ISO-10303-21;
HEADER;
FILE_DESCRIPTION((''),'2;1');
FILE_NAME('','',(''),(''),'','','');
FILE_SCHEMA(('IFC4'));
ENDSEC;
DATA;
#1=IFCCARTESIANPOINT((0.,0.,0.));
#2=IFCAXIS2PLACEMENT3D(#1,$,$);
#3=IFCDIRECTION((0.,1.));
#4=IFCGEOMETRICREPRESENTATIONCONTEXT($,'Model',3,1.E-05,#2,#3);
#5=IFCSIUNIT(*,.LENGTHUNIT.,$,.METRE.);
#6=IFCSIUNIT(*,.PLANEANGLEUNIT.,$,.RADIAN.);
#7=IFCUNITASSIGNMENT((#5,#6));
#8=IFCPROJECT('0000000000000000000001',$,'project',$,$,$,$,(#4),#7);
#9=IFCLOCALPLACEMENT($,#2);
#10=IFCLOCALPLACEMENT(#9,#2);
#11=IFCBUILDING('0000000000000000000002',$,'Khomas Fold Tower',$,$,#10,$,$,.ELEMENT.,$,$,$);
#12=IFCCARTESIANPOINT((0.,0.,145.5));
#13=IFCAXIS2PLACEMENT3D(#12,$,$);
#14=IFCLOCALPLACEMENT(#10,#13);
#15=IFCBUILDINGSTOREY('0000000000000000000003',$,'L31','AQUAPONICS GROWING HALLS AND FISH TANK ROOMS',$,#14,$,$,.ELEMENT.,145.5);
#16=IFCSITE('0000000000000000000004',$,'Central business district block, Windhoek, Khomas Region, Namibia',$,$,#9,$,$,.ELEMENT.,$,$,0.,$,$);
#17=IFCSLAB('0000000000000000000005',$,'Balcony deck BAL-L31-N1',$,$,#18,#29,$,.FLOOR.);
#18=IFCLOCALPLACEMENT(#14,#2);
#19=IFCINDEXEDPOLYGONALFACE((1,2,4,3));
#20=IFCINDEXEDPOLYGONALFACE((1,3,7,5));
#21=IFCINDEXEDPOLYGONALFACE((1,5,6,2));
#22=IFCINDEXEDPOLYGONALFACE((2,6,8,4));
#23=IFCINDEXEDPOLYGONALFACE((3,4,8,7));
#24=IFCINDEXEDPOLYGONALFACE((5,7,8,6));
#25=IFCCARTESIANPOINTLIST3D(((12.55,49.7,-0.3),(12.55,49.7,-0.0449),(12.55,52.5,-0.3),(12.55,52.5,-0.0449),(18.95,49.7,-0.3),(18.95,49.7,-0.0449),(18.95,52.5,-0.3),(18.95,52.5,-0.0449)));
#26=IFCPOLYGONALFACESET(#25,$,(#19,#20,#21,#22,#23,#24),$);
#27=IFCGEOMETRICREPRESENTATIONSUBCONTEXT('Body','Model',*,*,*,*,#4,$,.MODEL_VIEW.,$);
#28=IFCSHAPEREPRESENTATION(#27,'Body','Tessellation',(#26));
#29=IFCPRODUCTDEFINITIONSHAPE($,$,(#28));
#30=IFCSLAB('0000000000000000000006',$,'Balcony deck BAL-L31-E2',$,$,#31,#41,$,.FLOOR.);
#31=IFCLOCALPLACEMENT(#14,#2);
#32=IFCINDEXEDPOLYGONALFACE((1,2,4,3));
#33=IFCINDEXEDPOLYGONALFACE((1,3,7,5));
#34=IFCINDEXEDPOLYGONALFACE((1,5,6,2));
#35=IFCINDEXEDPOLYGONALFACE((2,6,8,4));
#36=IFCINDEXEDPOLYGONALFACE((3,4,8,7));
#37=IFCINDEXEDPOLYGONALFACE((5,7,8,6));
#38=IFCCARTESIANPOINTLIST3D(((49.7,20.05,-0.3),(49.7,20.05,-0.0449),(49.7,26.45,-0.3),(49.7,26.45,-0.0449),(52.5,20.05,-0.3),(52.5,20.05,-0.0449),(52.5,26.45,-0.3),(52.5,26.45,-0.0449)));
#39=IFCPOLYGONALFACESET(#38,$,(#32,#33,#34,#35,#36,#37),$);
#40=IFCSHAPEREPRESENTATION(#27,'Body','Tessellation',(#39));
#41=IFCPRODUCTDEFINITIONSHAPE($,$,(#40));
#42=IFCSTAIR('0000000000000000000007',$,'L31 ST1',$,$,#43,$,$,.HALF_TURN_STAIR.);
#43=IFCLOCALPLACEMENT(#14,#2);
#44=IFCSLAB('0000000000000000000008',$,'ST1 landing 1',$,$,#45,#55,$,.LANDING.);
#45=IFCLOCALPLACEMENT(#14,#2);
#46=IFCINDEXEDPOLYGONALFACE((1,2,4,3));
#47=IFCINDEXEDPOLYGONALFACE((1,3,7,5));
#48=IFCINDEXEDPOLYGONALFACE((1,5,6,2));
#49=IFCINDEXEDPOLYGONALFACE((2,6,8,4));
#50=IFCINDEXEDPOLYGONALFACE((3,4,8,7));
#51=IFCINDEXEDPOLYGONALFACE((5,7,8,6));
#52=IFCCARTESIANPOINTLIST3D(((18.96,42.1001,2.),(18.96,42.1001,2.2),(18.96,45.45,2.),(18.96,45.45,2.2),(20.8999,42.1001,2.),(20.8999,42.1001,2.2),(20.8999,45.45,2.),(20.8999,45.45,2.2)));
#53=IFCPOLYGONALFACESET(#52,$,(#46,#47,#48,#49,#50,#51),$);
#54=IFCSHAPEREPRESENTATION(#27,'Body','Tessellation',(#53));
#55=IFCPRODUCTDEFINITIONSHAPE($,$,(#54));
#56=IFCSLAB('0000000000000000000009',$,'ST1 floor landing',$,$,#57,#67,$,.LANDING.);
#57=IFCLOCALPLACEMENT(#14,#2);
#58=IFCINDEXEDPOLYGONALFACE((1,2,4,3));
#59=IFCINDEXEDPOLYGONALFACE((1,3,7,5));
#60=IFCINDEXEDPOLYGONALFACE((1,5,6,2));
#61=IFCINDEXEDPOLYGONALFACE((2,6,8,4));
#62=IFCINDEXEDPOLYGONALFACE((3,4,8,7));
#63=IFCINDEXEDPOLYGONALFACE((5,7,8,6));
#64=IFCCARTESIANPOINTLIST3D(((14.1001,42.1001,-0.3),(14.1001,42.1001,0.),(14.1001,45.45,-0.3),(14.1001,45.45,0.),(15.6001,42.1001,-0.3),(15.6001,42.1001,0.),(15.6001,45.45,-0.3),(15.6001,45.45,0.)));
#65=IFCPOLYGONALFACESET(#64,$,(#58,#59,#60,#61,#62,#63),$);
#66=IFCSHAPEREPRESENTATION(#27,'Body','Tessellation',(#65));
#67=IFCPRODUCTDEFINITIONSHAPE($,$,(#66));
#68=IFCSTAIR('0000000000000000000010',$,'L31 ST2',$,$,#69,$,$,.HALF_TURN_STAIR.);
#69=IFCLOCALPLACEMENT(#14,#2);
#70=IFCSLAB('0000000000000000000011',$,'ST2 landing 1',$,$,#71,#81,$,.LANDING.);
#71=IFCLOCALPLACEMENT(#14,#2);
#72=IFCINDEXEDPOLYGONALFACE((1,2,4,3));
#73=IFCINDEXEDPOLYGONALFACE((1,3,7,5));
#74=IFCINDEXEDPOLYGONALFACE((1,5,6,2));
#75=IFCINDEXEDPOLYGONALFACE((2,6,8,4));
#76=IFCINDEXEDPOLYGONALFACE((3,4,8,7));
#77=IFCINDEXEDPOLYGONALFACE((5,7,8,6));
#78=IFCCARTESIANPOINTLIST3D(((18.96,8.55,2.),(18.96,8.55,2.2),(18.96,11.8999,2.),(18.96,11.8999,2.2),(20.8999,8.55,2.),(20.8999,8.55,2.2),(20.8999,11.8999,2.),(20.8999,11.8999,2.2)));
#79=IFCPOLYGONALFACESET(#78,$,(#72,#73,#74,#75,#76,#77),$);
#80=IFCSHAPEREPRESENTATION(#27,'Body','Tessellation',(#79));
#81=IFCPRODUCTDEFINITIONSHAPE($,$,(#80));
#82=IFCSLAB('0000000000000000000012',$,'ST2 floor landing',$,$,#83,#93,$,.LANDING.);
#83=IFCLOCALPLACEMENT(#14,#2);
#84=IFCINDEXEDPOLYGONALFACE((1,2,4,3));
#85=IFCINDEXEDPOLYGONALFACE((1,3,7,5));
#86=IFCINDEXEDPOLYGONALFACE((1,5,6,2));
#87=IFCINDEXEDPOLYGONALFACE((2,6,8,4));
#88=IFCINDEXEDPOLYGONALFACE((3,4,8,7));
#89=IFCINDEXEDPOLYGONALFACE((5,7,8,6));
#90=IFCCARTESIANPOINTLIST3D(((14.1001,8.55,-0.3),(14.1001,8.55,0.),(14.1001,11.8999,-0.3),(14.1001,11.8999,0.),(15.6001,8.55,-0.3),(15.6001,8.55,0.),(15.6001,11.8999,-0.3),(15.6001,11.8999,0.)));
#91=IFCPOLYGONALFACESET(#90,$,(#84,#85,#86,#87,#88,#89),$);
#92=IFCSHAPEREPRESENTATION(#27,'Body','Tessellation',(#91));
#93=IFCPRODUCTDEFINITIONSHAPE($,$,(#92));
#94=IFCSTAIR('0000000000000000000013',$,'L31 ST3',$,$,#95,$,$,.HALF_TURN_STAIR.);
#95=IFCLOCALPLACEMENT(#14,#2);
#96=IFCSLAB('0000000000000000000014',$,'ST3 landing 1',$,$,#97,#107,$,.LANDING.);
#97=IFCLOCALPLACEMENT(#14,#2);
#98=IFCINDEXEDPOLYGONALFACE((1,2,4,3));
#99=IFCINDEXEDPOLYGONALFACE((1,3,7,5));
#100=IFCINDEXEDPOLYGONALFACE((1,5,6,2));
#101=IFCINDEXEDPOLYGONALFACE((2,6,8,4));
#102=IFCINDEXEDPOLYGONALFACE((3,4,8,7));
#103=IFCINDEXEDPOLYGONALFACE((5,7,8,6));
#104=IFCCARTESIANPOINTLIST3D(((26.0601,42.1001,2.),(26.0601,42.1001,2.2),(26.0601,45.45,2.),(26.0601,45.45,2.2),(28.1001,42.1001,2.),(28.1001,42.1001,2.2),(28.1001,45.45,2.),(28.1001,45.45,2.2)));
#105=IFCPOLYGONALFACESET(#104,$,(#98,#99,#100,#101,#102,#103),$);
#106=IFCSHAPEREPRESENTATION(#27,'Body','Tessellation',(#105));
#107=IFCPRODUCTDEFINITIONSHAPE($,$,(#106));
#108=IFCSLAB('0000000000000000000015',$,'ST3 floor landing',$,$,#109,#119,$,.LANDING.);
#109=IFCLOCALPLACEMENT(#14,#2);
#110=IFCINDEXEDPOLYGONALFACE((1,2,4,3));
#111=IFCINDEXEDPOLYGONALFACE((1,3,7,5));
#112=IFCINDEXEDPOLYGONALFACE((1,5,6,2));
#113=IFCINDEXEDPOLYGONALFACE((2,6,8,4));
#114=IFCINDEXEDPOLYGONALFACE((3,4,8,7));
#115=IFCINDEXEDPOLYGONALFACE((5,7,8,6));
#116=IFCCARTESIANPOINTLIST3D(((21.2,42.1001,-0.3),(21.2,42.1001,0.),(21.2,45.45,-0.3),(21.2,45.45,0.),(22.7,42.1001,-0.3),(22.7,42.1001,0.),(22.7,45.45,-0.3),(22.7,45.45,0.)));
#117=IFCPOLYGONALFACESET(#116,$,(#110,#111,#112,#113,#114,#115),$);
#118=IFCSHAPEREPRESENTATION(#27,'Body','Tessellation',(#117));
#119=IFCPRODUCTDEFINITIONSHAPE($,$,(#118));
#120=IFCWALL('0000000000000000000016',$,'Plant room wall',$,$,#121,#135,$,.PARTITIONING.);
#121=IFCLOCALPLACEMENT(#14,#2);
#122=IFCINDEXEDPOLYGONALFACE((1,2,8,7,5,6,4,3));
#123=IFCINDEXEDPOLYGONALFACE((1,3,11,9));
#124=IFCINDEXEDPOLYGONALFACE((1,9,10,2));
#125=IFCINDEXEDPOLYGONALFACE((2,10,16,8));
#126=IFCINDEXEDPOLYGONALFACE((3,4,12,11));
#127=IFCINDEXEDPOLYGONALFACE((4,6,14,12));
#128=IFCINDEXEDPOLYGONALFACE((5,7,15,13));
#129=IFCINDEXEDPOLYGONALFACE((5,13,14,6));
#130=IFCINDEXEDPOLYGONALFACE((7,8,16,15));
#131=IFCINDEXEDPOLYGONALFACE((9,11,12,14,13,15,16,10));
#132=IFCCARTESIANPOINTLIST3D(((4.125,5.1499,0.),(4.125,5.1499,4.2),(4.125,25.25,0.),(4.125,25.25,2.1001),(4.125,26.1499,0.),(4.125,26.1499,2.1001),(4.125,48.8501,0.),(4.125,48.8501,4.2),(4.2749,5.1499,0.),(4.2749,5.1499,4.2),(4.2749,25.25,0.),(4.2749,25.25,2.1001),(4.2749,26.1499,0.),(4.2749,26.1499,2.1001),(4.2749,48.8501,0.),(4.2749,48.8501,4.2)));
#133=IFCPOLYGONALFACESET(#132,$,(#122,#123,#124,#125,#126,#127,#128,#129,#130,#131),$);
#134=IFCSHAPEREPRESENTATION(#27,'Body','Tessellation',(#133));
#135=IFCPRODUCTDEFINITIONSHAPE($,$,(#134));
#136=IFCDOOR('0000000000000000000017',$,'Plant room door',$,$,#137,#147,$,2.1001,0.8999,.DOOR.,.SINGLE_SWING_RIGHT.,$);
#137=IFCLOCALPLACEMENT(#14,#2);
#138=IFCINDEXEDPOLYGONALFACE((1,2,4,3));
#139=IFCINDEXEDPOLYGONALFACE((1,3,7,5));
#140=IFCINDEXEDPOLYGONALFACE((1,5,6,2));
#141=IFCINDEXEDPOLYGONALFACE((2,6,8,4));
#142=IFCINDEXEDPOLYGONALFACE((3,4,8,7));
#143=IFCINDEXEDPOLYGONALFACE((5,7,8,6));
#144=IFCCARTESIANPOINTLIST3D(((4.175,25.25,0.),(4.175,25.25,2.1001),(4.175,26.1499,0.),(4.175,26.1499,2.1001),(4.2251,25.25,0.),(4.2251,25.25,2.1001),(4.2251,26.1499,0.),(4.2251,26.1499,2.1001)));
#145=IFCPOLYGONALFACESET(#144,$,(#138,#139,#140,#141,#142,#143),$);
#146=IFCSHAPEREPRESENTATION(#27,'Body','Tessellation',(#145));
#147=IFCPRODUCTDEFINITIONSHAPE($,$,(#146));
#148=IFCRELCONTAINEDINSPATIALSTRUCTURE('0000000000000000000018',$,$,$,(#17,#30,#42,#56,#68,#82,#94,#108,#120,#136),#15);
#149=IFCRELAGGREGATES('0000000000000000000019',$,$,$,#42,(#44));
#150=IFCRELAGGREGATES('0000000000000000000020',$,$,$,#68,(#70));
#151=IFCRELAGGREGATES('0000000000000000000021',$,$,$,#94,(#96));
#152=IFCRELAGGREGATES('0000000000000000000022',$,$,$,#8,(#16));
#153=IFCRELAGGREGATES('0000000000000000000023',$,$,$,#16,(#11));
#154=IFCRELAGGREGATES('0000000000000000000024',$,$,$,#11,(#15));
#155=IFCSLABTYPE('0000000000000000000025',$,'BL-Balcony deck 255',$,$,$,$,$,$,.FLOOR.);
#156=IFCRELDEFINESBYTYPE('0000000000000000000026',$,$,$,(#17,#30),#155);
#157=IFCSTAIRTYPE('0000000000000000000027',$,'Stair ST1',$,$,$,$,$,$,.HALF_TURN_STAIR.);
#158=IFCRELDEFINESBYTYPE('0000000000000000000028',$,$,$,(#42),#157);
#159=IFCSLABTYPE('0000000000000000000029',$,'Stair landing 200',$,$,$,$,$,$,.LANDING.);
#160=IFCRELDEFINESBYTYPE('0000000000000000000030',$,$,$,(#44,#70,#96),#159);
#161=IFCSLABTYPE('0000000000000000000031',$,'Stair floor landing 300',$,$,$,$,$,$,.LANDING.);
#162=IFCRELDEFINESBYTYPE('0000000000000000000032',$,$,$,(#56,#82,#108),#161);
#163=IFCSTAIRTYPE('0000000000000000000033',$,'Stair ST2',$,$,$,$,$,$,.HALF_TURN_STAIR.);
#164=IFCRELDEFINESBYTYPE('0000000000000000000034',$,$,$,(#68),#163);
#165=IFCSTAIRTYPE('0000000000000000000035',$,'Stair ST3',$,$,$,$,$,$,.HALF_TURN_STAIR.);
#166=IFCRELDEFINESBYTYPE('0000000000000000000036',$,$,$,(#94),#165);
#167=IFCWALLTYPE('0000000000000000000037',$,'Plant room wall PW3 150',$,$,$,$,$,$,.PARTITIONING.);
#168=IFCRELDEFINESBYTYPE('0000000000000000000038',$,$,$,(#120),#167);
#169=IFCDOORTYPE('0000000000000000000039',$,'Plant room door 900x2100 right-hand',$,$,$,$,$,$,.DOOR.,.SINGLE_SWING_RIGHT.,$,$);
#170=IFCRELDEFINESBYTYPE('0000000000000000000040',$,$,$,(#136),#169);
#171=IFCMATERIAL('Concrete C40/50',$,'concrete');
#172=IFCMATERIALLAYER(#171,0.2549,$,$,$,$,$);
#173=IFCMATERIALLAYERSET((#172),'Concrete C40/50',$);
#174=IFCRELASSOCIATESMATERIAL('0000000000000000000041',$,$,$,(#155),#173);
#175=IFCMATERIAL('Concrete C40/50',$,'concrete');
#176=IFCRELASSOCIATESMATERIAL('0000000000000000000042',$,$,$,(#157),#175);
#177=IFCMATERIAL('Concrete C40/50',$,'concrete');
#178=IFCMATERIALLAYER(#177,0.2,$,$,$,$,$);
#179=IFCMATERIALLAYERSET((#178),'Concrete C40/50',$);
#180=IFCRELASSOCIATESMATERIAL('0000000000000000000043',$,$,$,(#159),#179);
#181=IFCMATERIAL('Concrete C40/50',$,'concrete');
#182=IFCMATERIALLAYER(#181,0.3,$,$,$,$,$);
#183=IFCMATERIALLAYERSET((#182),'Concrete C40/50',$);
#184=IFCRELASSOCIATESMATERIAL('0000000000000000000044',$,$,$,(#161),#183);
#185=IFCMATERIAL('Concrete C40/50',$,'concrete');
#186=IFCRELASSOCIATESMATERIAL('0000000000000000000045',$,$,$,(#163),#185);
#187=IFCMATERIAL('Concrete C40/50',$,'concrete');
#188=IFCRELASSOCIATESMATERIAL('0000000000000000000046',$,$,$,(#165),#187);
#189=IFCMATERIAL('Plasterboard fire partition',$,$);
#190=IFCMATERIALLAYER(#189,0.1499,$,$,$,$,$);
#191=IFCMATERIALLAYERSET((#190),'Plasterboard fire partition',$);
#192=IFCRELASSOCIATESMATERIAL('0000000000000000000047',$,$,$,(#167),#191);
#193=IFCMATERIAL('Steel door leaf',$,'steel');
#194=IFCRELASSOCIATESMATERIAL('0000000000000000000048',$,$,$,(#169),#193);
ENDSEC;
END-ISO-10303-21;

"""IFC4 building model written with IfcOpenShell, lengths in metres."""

from ifc_helpers import new_model, si_unit, direction, frame, frame_2d, origin, place, context, subcontext, project, spatial, polyline, rectangle, outline, extrude, source, transform, mapped, material, layer, layer_set, type_object, element, fill, aggregate, save


model = new_model("IFC4")

# Units and contexts
model_context = context("Model", 3, precision=1e-05, world=origin(), true_north=direction((0.0, 1.0)))
body_context = subcontext(model_context, "Body", "Model", "MODEL_VIEW")
ifc_project = project(units=[si_unit("LENGTHUNIT", "METRE"), si_unit("PLANEANGLEUNIT", "RADIAN")], contexts=[model_context])

# Site, building, storey
site_placement = place(None, origin())
site = spatial("IfcSite", under=ifc_project, at=site_placement, Name="Central business district block, Windhoek, Khomas Region, Namibia", CompositionType="ELEMENT", RefElevation=0.0)
building_placement = place(site_placement, origin())
building = spatial("IfcBuilding", under=site, at=building_placement, Name="Khomas Fold Tower", CompositionType="ELEMENT")
storey_placement = place(building_placement, frame((0.0, 0.0, 145.5)))
storey = spatial("IfcBuildingStorey", under=building, at=storey_placement, Name="L31", Description="AQUAPONICS GROWING HALLS AND FISH TANK ROOMS", CompositionType="ELEMENT", Elevation=145.5)

# Slabs
ifc_material_1 = material(Name="Concrete C40/50", Category="concrete")
ifc_layer_1 = layer(ifc_material_1, 0.2549)
ifc_layer_set_1 = layer_set([ifc_layer_1], Name="Concrete C40/50")
slab_type_1 = type_object("IfcSlabType", Name="BL-Balcony deck 255", PredefinedType="FLOOR", material=ifc_layer_set_1)
shared_shape_1 = source(origin(), body_context, "Body", "SweptSolid", [
    extrude(outline(polyline([(12.55, 49.7), (18.95, 49.7), (18.95, 52.5), (12.55, 52.5), (12.55, 49.7)])), origin(), (0.0, 0.0, 1.0), 0.2551),
])
slab_1_placement = place(storey_placement, frame((0.0, 0.0, -0.3)))
element("IfcSlab", 1, at=slab_1_placement, inside=storey, type_object=slab_type_1, Name="Balcony deck BAL-L31-N1", PredefinedType="FLOOR", context=body_context, shape_type="MappedRepresentation", body=[
    mapped(shared_shape_1, transform((0.0, 0.0, 0.0))),
])
shared_shape_2 = source(origin(), body_context, "Body", "SweptSolid", [
    extrude(outline(polyline([(49.7, 20.05), (52.5, 20.05), (52.5, 26.45), (49.7, 26.45), (49.7, 20.05)])), origin(), (0.0, 0.0, 1.0), 0.2551),
])
slab_2_placement = place(storey_placement, frame((0.0, 0.0, -0.3)))
element("IfcSlab", 2, at=slab_2_placement, inside=storey, type_object=slab_type_1, Name="Balcony deck BAL-L31-E2", PredefinedType="FLOOR", context=body_context, shape_type="MappedRepresentation", body=[
    mapped(shared_shape_2, transform((0.0, 0.0, 0.0))),
])

# Stair, slab
ifc_material_2 = material(Name="Concrete C40/50", Category="concrete")
stair_type_1 = type_object("IfcStairType", Name="Stair ST1", PredefinedType="HALF_TURN_STAIR", material=ifc_material_2)
stair_1_placement = place(storey_placement, origin())
stair_1 = element("IfcStair", 3, at=stair_1_placement, inside=storey, type_object=stair_type_1, Name="L31 ST1", PredefinedType="HALF_TURN_STAIR")
ifc_material_3 = material(Name="Concrete C40/50", Category="concrete")
ifc_layer_2 = layer(ifc_material_3, 0.2)
ifc_layer_set_2 = layer_set([ifc_layer_2], Name="Concrete C40/50")
slab_type_2 = type_object("IfcSlabType", Name="Stair landing 200", PredefinedType="LANDING", material=ifc_layer_set_2)
shared_shape_3 = source(origin(), body_context, "Body", "SweptSolid", [
    extrude(outline(polyline([(18.96, 42.1001), (20.8999, 42.1001), (20.8999, 45.45), (18.96, 45.45), (18.96, 42.1001)])), origin(), (0.0, 0.0, 1.0), 0.2),
])
slab_3_placement = place(storey_placement, frame((0.0, 0.0, 2.0)))
slab_3 = element("IfcSlab", 4, at=slab_3_placement, type_object=slab_type_2, Name="ST1 landing 1", PredefinedType="LANDING", context=body_context, shape_type="MappedRepresentation", body=[
    mapped(shared_shape_3, transform((0.0, 0.0, 0.0))),
])
aggregate(stair_1, [slab_3])

# Slab
ifc_material_4 = material(Name="Concrete C40/50", Category="concrete")
ifc_layer_3 = layer(ifc_material_4, 0.3)
ifc_layer_set_3 = layer_set([ifc_layer_3], Name="Concrete C40/50")
slab_type_3 = type_object("IfcSlabType", Name="Stair floor landing 300", PredefinedType="LANDING", material=ifc_layer_set_3)
shared_shape_4 = source(origin(), body_context, "Body", "SweptSolid", [
    extrude(outline(polyline([(15.6001, 42.1001), (14.1001, 42.1001), (14.1001, 45.45), (15.6001, 45.45), (15.6001, 42.1001)])), origin(), (0.0, 0.0, 1.0), 0.3),
])
slab_4_placement = place(storey_placement, frame((0.0, 0.0, -0.3)))
element("IfcSlab", 5, at=slab_4_placement, inside=storey, type_object=slab_type_3, Name="ST1 floor landing", PredefinedType="LANDING", context=body_context, shape_type="MappedRepresentation", body=[
    mapped(shared_shape_4, transform((0.0, 0.0, 0.0))),
])

# Stair, slab
ifc_material_5 = material(Name="Concrete C40/50", Category="concrete")
stair_type_2 = type_object("IfcStairType", Name="Stair ST2", PredefinedType="HALF_TURN_STAIR", material=ifc_material_5)
stair_2_placement = place(storey_placement, origin())
stair_2 = element("IfcStair", 6, at=stair_2_placement, inside=storey, type_object=stair_type_2, Name="L31 ST2", PredefinedType="HALF_TURN_STAIR")
shared_shape_5 = source(origin(), body_context, "Body", "SweptSolid", [
    extrude(outline(polyline([(18.96, 8.55), (20.8999, 8.55), (20.8999, 11.8999), (18.96, 11.8999), (18.96, 8.55)])), origin(), (0.0, 0.0, 1.0), 0.2),
])
slab_5_placement = place(storey_placement, frame((0.0, 0.0, 2.0)))
slab_5 = element("IfcSlab", 7, at=slab_5_placement, type_object=slab_type_2, Name="ST2 landing 1", PredefinedType="LANDING", context=body_context, shape_type="MappedRepresentation", body=[
    mapped(shared_shape_5, transform((0.0, 0.0, 0.0))),
])
aggregate(stair_2, [slab_5])

# Slab
shared_shape_6 = source(origin(), body_context, "Body", "SweptSolid", [
    extrude(outline(polyline([(15.6001, 8.55), (14.1001, 8.55), (14.1001, 11.8999), (15.6001, 11.8999), (15.6001, 8.55)])), origin(), (0.0, 0.0, 1.0), 0.3),
])
slab_6_placement = place(storey_placement, frame((0.0, 0.0, -0.3)))
element("IfcSlab", 8, at=slab_6_placement, inside=storey, type_object=slab_type_3, Name="ST2 floor landing", PredefinedType="LANDING", context=body_context, shape_type="MappedRepresentation", body=[
    mapped(shared_shape_6, transform((0.0, 0.0, 0.0))),
])

# Stair, slab
ifc_material_6 = material(Name="Concrete C40/50", Category="concrete")
stair_type_3 = type_object("IfcStairType", Name="Stair ST3", PredefinedType="HALF_TURN_STAIR", material=ifc_material_6)
stair_3_placement = place(storey_placement, origin())
stair_3 = element("IfcStair", 9, at=stair_3_placement, inside=storey, type_object=stair_type_3, Name="L31 ST3", PredefinedType="HALF_TURN_STAIR")
shared_shape_7 = source(origin(), body_context, "Body", "SweptSolid", [
    extrude(outline(polyline([(26.0601, 42.1001), (28.1001, 42.1001), (28.1001, 45.45), (26.0601, 45.45), (26.0601, 42.1001)])), origin(), (0.0, 0.0, 1.0), 0.2),
])
slab_7_placement = place(storey_placement, frame((0.0, 0.0, 2.0)))
slab_7 = element("IfcSlab", 10, at=slab_7_placement, type_object=slab_type_2, Name="ST3 landing 1", PredefinedType="LANDING", context=body_context, shape_type="MappedRepresentation", body=[
    mapped(shared_shape_7, transform((0.0, 0.0, 0.0))),
])
aggregate(stair_3, [slab_7])

# Slab
shared_shape_8 = source(origin(), body_context, "Body", "SweptSolid", [
    extrude(outline(polyline([(22.7, 42.1001), (21.2, 42.1001), (21.2, 45.45), (22.7, 45.45), (22.7, 42.1001)])), origin(), (0.0, 0.0, 1.0), 0.3),
])
slab_8_placement = place(storey_placement, frame((0.0, 0.0, -0.3)))
element("IfcSlab", 11, at=slab_8_placement, inside=storey, type_object=slab_type_3, Name="ST3 floor landing", PredefinedType="LANDING", context=body_context, shape_type="MappedRepresentation", body=[
    mapped(shared_shape_8, transform((0.0, 0.0, 0.0))),
])

# Wall, opening, door
ifc_material_7 = material(Name="Plasterboard fire partition")
ifc_layer_4 = layer(ifc_material_7, 0.1499)
ifc_layer_set_4 = layer_set([ifc_layer_4], Name="Plasterboard fire partition")
wall_type_1 = type_object("IfcWallType", Name="Plant room wall PW3 150", PredefinedType="PARTITIONING", material=ifc_layer_set_4)
shared_shape_9 = source(origin(), body_context, "Body", "SweptSolid", [
    extrude(rectangle(XDim=43.7002, YDim=0.1499, at=frame_2d((21.8501, 0.0))), origin(), (0.0, 0.0, 1.0), 4.2),
])
wall_1_placement = place(storey_placement, frame((4.2, 5.1499, 0.0), z_axis=(0.0, 0.0, 1.0), x_axis=(0.0, 1.0, 0.0)))
wall_1 = element("IfcWall", 12, at=wall_1_placement, inside=storey, type_object=wall_type_1, Name="Plant room wall", PredefinedType="PARTITIONING", context=body_context, shape_type="MappedRepresentation", body=[
    mapped(shared_shape_9, transform((0.0, 0.0, 0.0))),
])
shared_shape_10 = source(origin(), body_context, "Body", "SweptSolid", [
    extrude(rectangle(XDim=0.8999, YDim=2.1001, at=frame_2d((0.45, 1.05))), frame((0.0, 0.085, 0.0), z_axis=(0.0, -1.0, 0.0), x_axis=(1.0, 0.0, 0.0)), (0.0, 0.0, 1.0), 0.1699),
])
opening_1_placement = place(wall_1_placement, frame((20.1001, 0.0, 0.0)))
opening_1 = element("IfcOpeningElement", 13, at=opening_1_placement, cuts=wall_1, PredefinedType="OPENING", context=body_context, shape_type="MappedRepresentation", body=[
    mapped(shared_shape_10, transform((0.0, 0.0, 0.0))),
])
ifc_material_8 = material(Name="Steel door leaf", Category="steel")
door_type_1 = type_object("IfcDoorType", Name="Plant room door 900x2100 right-hand", OperationType="SINGLE_SWING_RIGHT", PredefinedType="DOOR", material=ifc_material_8)
shared_shape_11 = source(origin(), body_context, "Body", "SweptSolid", [
    extrude(rectangle(XDim=0.8999, YDim=2.1001, at=frame_2d((0.45, 1.05))), frame((0.0, 0.0249, 0.0), z_axis=(0.0, -1.0, 0.0), x_axis=(1.0, 0.0, 0.0)), (0.0, 0.0, 1.0), 0.05),
])
door_1_placement = place(opening_1_placement, origin())
door_1 = element("IfcDoor", 14, at=door_1_placement, inside=storey, type_object=door_type_1, Name="Plant room door", OperationType="SINGLE_SWING_RIGHT", OverallHeight=2.1001, OverallWidth=0.8999, PredefinedType="DOOR", context=body_context, shape_type="MappedRepresentation", body=[
    mapped(shared_shape_11, transform((0.0, 0.0, 0.0))),
])
fill(opening_1, door_1)

save(model, "model.ifc")
